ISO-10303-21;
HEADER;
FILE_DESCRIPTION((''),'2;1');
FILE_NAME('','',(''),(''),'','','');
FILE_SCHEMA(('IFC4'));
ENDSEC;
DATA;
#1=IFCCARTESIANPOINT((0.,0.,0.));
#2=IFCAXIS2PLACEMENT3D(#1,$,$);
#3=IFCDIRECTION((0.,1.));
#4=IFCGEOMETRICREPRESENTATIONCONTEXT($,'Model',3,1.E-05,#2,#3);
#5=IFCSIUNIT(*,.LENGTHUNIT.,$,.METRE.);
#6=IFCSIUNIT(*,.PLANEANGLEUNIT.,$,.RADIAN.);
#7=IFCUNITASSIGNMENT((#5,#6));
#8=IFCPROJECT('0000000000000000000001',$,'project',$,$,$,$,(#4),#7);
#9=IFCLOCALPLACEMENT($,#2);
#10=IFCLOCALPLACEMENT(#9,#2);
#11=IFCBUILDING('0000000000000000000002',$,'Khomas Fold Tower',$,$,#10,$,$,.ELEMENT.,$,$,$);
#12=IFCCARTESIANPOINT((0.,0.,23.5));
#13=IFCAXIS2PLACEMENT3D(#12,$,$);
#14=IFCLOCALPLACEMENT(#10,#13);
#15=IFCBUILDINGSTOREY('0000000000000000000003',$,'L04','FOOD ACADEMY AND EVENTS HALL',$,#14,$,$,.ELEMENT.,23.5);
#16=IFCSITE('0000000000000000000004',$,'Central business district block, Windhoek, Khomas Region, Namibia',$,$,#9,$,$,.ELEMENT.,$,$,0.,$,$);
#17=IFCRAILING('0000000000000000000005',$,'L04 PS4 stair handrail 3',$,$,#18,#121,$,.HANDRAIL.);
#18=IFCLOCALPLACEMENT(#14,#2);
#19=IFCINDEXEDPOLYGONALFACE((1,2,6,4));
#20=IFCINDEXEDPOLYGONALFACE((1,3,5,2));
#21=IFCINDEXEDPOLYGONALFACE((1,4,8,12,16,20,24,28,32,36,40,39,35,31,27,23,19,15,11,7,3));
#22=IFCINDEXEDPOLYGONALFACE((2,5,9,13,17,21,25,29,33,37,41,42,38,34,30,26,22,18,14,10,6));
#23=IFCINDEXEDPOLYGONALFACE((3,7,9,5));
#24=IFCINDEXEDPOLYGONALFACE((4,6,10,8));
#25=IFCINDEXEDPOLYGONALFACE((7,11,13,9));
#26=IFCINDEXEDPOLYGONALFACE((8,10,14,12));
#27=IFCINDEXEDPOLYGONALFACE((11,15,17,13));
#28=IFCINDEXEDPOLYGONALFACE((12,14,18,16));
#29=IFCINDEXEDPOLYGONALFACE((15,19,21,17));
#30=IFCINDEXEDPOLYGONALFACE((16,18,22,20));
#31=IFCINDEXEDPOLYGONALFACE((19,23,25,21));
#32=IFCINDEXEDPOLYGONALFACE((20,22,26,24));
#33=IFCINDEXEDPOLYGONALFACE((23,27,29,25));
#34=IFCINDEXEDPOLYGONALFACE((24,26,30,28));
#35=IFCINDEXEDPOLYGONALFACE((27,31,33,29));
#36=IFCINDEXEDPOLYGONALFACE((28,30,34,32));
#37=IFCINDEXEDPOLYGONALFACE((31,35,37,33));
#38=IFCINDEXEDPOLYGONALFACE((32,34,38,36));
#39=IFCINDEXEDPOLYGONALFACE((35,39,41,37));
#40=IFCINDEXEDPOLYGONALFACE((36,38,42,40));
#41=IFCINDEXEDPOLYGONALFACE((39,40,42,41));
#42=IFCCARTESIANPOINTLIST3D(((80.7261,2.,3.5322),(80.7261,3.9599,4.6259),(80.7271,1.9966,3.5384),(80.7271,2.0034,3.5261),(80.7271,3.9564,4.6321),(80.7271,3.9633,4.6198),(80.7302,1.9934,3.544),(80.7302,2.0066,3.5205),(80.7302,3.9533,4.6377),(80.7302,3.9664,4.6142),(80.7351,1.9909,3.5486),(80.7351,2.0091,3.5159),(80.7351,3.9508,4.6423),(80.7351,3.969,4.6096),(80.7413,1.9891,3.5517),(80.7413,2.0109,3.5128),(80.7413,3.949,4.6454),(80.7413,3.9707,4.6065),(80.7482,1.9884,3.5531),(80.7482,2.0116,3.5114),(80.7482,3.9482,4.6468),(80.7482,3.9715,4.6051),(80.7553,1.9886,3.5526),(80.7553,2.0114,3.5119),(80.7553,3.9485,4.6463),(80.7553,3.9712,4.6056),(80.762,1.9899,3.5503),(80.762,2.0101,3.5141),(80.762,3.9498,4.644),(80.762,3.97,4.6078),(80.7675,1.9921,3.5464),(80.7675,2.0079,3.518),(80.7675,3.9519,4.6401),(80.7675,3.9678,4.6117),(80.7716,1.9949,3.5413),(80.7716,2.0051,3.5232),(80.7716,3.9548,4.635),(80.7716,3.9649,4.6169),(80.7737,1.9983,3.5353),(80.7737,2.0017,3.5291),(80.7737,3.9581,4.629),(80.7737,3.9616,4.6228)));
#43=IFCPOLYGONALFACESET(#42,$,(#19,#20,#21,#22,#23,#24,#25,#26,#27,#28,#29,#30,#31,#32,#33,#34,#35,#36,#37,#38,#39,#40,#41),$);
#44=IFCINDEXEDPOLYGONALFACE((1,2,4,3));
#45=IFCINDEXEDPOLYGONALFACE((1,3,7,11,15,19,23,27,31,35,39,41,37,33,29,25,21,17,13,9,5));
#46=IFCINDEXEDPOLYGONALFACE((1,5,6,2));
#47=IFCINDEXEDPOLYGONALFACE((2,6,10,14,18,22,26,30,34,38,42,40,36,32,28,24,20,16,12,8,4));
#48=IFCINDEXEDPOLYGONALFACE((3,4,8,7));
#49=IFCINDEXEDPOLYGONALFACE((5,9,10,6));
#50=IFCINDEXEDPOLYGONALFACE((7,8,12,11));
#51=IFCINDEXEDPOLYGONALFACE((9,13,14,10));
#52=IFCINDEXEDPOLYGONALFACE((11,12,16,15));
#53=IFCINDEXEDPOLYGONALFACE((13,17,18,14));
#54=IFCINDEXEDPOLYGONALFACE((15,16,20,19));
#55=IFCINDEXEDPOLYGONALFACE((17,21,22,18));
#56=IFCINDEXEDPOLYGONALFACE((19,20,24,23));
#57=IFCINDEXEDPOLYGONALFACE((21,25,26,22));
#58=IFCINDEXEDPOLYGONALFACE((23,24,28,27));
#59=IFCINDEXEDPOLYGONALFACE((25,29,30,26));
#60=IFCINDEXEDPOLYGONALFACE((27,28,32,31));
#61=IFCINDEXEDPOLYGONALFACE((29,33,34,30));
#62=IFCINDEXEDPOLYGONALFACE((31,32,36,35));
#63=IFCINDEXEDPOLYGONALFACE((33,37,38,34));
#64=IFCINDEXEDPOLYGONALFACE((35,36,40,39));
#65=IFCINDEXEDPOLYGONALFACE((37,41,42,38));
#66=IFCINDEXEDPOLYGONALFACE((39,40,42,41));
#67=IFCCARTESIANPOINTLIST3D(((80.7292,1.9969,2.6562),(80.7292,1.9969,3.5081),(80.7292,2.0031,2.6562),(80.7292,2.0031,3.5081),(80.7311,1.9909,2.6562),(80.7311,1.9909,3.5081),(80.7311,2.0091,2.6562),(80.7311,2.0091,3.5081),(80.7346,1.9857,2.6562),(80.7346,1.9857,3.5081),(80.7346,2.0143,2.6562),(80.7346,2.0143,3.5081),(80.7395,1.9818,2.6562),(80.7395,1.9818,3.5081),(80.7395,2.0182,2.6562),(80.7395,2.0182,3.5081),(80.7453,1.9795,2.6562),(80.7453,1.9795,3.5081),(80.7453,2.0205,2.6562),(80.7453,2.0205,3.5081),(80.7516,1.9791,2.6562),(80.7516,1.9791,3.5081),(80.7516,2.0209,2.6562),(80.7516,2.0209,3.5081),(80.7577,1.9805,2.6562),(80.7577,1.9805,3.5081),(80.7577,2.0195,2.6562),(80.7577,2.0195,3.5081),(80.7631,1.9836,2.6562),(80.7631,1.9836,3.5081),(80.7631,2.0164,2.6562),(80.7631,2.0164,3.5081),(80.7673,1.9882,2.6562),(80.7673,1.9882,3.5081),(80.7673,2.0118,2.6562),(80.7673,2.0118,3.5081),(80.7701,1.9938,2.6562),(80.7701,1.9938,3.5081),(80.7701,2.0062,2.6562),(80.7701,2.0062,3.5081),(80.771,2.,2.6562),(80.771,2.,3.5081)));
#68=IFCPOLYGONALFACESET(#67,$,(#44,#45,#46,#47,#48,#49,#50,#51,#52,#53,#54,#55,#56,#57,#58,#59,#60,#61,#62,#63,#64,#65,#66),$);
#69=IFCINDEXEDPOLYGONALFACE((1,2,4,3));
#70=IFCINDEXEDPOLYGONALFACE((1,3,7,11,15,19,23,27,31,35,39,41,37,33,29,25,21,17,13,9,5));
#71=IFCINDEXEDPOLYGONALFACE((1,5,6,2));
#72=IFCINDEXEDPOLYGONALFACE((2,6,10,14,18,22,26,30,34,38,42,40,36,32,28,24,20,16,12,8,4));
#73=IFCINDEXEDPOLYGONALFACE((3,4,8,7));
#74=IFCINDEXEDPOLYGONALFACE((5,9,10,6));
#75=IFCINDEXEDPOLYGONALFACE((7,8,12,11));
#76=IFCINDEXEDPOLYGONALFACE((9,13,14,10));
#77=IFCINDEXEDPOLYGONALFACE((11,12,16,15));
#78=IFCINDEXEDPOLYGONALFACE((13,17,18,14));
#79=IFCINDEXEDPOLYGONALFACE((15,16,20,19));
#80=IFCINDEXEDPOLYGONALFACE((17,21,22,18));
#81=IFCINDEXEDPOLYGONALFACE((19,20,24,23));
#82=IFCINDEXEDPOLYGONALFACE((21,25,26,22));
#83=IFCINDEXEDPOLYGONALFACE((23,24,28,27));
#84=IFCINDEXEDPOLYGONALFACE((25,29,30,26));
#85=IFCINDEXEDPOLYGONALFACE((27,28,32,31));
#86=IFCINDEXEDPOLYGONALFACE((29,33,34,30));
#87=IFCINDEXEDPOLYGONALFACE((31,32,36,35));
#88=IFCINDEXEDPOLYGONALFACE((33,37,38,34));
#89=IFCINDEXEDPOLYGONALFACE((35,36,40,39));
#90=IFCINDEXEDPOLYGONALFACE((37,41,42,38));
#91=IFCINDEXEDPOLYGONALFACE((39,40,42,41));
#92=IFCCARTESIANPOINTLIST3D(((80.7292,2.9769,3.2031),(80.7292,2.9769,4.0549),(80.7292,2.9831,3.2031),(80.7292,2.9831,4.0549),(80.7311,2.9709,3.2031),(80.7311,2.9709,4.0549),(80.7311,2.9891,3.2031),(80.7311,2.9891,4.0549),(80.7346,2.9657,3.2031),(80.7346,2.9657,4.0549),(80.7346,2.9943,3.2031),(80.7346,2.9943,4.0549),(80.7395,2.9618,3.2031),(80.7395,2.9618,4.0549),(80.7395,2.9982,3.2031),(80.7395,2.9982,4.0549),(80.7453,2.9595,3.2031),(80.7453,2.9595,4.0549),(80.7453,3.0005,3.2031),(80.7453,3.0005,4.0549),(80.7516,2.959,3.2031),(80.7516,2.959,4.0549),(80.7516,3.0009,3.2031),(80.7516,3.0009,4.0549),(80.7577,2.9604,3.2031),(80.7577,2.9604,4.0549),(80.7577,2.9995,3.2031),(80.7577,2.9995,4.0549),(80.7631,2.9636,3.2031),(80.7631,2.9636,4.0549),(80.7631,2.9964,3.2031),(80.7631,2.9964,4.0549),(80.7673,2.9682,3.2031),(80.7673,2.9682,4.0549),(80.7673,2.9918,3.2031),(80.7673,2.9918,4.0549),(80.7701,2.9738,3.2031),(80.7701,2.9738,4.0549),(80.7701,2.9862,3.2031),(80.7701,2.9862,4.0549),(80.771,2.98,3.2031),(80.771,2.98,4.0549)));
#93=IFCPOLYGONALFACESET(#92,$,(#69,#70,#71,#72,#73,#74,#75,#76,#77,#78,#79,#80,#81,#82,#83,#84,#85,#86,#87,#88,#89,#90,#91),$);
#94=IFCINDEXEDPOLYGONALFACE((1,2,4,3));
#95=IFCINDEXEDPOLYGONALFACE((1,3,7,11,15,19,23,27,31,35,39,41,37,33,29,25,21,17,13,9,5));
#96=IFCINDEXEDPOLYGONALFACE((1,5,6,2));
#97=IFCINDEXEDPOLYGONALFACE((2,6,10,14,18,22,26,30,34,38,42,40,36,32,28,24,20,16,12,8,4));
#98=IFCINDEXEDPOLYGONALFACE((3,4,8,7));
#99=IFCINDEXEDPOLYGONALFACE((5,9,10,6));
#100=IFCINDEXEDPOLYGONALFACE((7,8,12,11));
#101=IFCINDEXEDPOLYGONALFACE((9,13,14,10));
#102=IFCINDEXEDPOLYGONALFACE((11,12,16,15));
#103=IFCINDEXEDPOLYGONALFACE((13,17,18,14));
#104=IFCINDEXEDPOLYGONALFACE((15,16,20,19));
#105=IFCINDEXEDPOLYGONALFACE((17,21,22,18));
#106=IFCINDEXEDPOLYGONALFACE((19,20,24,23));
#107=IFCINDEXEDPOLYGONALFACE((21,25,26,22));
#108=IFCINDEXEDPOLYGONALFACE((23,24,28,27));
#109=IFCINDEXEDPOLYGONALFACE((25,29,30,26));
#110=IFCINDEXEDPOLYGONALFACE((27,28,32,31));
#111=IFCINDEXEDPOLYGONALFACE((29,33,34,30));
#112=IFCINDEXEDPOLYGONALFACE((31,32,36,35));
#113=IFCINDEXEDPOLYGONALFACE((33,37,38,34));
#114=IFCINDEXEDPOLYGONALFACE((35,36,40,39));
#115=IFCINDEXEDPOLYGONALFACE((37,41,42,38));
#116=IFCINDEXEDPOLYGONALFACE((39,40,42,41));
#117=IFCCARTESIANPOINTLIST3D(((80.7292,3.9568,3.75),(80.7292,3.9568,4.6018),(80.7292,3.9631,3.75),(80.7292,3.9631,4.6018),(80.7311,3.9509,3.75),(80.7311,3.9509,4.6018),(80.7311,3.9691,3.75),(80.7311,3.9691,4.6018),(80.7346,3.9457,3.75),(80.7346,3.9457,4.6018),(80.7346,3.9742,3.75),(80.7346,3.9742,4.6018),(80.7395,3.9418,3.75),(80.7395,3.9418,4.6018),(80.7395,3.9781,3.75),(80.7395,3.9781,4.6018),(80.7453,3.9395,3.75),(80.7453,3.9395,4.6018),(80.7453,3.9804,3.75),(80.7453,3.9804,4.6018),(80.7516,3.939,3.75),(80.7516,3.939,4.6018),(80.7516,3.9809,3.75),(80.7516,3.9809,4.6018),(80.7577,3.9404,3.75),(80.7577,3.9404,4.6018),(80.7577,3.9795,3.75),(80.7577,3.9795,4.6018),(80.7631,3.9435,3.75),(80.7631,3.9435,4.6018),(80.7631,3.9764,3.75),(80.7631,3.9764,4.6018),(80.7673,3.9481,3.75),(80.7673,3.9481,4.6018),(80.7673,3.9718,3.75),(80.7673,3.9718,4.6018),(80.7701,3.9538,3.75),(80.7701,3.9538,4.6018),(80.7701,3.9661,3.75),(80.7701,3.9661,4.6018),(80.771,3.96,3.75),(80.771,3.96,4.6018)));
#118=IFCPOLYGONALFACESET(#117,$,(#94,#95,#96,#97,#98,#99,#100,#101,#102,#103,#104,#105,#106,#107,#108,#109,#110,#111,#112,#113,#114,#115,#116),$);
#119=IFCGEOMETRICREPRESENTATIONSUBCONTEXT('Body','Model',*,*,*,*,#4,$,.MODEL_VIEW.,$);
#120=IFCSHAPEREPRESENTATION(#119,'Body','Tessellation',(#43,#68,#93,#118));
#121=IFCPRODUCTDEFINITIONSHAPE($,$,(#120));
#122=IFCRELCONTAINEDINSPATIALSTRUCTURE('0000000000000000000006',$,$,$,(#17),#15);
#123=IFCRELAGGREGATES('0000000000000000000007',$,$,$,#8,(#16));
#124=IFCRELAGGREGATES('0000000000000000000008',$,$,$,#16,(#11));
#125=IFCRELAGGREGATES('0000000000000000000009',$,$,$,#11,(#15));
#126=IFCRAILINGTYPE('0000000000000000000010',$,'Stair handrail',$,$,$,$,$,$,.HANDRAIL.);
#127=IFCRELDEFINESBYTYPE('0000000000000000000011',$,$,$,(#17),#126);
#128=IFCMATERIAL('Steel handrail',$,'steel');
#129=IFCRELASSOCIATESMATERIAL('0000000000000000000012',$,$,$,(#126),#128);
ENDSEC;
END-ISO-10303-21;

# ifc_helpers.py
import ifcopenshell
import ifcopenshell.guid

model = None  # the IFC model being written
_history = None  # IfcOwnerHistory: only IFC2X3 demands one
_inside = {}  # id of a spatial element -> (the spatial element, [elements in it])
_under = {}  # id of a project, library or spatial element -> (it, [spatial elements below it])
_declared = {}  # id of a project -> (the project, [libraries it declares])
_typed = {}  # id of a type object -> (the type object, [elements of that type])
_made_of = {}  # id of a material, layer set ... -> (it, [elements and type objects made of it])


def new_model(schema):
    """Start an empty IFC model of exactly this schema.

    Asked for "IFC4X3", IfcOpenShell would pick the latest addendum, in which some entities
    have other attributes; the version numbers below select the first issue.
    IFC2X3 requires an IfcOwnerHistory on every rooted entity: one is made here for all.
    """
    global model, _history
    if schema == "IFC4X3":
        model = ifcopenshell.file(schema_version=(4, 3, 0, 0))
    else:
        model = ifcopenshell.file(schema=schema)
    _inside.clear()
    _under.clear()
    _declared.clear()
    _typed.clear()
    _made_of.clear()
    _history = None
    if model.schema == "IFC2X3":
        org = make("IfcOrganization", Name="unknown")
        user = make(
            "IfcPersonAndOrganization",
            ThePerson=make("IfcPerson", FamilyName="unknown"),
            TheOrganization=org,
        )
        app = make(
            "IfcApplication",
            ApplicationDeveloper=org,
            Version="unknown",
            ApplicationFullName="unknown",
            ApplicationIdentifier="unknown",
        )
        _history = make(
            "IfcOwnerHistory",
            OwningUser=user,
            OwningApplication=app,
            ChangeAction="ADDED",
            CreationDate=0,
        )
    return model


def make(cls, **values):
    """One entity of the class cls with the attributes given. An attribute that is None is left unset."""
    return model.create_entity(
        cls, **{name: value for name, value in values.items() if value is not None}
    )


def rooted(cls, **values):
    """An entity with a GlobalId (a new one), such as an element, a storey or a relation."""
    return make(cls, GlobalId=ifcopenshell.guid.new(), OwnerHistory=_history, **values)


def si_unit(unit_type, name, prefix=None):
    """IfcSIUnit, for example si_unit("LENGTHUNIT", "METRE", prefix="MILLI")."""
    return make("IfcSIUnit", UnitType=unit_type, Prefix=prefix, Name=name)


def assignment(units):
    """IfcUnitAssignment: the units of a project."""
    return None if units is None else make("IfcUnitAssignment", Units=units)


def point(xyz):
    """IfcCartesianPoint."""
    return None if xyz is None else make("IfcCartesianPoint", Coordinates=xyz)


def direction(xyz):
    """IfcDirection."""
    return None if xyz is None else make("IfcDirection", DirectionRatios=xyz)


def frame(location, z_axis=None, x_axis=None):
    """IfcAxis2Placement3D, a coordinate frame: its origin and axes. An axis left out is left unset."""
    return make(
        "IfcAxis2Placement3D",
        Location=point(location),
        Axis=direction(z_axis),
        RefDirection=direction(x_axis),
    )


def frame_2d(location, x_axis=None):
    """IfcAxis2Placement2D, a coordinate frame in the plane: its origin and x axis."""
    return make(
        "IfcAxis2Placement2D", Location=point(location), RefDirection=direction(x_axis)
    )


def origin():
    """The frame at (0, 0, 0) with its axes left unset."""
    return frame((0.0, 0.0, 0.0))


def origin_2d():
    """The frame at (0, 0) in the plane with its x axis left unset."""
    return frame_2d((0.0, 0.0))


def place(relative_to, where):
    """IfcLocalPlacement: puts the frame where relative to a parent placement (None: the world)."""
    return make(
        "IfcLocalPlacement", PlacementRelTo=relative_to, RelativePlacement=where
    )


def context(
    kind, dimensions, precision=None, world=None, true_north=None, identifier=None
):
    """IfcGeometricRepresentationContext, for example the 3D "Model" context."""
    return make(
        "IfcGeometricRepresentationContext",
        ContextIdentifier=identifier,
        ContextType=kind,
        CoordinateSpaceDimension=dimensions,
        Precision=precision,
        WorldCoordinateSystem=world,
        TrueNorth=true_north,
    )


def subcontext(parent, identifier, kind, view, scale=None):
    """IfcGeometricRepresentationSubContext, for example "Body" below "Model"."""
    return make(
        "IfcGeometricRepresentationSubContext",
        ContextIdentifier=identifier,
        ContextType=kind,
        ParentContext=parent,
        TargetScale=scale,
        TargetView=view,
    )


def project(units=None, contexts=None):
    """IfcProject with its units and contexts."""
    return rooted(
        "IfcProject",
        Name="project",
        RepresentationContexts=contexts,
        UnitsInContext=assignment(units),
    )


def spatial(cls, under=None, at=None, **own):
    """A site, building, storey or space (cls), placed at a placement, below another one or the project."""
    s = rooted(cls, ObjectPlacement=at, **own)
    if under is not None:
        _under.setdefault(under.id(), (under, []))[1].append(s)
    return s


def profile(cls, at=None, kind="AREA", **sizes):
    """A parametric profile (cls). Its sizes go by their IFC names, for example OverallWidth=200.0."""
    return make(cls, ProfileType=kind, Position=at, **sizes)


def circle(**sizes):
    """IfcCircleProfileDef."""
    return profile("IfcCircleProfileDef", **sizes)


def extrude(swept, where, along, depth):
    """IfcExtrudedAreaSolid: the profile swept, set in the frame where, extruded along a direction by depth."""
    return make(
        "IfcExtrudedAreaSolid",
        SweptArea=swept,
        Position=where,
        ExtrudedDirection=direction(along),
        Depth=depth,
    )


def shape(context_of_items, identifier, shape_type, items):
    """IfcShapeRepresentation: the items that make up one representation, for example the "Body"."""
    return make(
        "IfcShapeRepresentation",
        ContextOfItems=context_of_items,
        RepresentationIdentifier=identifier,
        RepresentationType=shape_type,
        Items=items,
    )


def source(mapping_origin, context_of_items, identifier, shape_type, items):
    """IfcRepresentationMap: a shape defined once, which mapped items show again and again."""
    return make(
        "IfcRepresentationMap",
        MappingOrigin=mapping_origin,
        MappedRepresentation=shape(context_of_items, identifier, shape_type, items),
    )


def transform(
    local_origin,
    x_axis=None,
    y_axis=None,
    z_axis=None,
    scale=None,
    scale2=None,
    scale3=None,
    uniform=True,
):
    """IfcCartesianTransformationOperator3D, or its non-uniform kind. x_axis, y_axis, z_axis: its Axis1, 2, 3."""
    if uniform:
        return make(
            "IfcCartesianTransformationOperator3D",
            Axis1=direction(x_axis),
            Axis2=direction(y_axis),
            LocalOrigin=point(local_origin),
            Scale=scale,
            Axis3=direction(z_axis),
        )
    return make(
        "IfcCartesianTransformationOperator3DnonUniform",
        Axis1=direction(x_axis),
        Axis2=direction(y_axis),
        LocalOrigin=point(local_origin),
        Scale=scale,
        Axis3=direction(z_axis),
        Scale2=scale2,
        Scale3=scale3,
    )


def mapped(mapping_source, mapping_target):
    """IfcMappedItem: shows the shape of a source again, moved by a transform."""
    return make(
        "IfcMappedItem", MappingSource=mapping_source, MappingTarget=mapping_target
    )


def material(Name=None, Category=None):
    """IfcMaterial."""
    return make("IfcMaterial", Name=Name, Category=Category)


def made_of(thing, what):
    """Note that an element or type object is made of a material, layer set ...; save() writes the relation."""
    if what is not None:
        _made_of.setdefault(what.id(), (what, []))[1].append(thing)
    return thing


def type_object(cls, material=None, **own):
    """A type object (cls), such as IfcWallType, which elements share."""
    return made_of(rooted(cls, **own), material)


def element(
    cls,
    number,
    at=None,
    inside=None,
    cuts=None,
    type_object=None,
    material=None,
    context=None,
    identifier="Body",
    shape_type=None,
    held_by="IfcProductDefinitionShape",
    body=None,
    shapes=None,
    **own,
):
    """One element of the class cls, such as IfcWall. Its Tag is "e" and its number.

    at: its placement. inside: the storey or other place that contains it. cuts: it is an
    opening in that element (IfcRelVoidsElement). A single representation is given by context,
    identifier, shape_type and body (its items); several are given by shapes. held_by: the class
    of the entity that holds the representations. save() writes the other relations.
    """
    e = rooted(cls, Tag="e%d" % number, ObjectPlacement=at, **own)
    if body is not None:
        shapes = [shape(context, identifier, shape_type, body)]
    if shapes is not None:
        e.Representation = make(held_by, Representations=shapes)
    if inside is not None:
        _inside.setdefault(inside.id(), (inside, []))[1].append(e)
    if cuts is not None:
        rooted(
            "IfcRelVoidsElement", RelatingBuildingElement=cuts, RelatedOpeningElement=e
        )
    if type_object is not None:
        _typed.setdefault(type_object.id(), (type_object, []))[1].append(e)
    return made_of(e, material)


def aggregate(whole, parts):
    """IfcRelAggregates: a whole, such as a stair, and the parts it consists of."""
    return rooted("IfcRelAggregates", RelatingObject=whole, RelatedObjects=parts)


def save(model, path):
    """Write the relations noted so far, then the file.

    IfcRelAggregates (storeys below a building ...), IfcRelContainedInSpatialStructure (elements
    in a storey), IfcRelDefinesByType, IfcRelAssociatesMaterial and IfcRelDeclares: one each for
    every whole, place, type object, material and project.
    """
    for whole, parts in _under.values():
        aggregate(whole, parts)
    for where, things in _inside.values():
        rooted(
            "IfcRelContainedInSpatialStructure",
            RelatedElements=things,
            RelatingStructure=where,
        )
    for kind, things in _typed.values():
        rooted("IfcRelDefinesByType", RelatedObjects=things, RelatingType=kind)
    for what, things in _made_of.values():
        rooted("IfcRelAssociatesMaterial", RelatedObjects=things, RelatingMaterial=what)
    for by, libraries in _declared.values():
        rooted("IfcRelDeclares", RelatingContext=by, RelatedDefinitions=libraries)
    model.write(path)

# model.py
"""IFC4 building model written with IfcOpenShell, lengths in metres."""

from ifc_helpers import new_model, si_unit, direction, frame, origin, origin_2d, place, context, subcontext, project, spatial, circle, extrude, source, transform, mapped, material, type_object, element, save


model = new_model("IFC4")

# Units and contexts
model_context = context("Model", 3, precision=1e-05, world=origin(), true_north=direction((0.0, 1.0)))
body_context = subcontext(model_context, "Body", "Model", "MODEL_VIEW")
ifc_project = project(units=[si_unit("LENGTHUNIT", "METRE"), si_unit("PLANEANGLEUNIT", "RADIAN")], contexts=[model_context])

# Site, building, storey
site_placement = place(None, origin())
site = spatial("IfcSite", under=ifc_project, at=site_placement, Name="Central business district block, Windhoek, Khomas Region, Namibia", CompositionType="ELEMENT", RefElevation=0.0)
building_placement = place(site_placement, origin())
building = spatial("IfcBuilding", under=site, at=building_placement, Name="Khomas Fold Tower", CompositionType="ELEMENT")
storey_placement = place(building_placement, frame((0.0, 0.0, 23.5)))
storey = spatial("IfcBuildingStorey", under=building, at=storey_placement, Name="L04", Description="FOOD ACADEMY AND EVENTS HALL", CompositionType="ELEMENT", Elevation=23.5)

# Railing
ifc_material_1 = material(Name="Steel handrail", Category="steel")
railing_type_1 = type_object("IfcRailingType", Name="Stair handrail", PredefinedType="HANDRAIL", material=ifc_material_1)
shared_shape_1 = source(origin(), body_context, "Body", "SweptSolid", [
    extrude(circle(Radius=0.0239, at=origin_2d()), frame((0.0, 0.0, 0.876), z_axis=(0.0, 0.873232, 0.487304), x_axis=(-1.0, 0.0, 0.0)), (0.0, 0.0, 1.0), 2.2444),
    extrude(circle(Radius=0.021, at=origin_2d()), origin(), (0.0, 0.0, 1.0), 0.8518),
    extrude(circle(Radius=0.021, at=origin_2d()), frame((0.0, 0.98, 0.5469)), (0.0, 0.0, 1.0), 0.8518),
    extrude(circle(Radius=0.021, at=origin_2d()), frame((0.0, 1.96, 1.0938)), (0.0, 0.0, 1.0), 0.8518),
])
for number, where, name in (
    (1, (80.75, 2.0, 2.6562), "L04 PS4 stair handrail 3"),
):
    element("IfcRailing", number, at=place(storey_placement, frame(where)), inside=storey, type_object=railing_type_1, Name=name, PredefinedType="HANDRAIL", context=body_context, shape_type="MappedRepresentation", body=[
        mapped(shared_shape_1, transform((0.0, 0.0, 0.0))),
    ])

save(model, "model.ifc")
